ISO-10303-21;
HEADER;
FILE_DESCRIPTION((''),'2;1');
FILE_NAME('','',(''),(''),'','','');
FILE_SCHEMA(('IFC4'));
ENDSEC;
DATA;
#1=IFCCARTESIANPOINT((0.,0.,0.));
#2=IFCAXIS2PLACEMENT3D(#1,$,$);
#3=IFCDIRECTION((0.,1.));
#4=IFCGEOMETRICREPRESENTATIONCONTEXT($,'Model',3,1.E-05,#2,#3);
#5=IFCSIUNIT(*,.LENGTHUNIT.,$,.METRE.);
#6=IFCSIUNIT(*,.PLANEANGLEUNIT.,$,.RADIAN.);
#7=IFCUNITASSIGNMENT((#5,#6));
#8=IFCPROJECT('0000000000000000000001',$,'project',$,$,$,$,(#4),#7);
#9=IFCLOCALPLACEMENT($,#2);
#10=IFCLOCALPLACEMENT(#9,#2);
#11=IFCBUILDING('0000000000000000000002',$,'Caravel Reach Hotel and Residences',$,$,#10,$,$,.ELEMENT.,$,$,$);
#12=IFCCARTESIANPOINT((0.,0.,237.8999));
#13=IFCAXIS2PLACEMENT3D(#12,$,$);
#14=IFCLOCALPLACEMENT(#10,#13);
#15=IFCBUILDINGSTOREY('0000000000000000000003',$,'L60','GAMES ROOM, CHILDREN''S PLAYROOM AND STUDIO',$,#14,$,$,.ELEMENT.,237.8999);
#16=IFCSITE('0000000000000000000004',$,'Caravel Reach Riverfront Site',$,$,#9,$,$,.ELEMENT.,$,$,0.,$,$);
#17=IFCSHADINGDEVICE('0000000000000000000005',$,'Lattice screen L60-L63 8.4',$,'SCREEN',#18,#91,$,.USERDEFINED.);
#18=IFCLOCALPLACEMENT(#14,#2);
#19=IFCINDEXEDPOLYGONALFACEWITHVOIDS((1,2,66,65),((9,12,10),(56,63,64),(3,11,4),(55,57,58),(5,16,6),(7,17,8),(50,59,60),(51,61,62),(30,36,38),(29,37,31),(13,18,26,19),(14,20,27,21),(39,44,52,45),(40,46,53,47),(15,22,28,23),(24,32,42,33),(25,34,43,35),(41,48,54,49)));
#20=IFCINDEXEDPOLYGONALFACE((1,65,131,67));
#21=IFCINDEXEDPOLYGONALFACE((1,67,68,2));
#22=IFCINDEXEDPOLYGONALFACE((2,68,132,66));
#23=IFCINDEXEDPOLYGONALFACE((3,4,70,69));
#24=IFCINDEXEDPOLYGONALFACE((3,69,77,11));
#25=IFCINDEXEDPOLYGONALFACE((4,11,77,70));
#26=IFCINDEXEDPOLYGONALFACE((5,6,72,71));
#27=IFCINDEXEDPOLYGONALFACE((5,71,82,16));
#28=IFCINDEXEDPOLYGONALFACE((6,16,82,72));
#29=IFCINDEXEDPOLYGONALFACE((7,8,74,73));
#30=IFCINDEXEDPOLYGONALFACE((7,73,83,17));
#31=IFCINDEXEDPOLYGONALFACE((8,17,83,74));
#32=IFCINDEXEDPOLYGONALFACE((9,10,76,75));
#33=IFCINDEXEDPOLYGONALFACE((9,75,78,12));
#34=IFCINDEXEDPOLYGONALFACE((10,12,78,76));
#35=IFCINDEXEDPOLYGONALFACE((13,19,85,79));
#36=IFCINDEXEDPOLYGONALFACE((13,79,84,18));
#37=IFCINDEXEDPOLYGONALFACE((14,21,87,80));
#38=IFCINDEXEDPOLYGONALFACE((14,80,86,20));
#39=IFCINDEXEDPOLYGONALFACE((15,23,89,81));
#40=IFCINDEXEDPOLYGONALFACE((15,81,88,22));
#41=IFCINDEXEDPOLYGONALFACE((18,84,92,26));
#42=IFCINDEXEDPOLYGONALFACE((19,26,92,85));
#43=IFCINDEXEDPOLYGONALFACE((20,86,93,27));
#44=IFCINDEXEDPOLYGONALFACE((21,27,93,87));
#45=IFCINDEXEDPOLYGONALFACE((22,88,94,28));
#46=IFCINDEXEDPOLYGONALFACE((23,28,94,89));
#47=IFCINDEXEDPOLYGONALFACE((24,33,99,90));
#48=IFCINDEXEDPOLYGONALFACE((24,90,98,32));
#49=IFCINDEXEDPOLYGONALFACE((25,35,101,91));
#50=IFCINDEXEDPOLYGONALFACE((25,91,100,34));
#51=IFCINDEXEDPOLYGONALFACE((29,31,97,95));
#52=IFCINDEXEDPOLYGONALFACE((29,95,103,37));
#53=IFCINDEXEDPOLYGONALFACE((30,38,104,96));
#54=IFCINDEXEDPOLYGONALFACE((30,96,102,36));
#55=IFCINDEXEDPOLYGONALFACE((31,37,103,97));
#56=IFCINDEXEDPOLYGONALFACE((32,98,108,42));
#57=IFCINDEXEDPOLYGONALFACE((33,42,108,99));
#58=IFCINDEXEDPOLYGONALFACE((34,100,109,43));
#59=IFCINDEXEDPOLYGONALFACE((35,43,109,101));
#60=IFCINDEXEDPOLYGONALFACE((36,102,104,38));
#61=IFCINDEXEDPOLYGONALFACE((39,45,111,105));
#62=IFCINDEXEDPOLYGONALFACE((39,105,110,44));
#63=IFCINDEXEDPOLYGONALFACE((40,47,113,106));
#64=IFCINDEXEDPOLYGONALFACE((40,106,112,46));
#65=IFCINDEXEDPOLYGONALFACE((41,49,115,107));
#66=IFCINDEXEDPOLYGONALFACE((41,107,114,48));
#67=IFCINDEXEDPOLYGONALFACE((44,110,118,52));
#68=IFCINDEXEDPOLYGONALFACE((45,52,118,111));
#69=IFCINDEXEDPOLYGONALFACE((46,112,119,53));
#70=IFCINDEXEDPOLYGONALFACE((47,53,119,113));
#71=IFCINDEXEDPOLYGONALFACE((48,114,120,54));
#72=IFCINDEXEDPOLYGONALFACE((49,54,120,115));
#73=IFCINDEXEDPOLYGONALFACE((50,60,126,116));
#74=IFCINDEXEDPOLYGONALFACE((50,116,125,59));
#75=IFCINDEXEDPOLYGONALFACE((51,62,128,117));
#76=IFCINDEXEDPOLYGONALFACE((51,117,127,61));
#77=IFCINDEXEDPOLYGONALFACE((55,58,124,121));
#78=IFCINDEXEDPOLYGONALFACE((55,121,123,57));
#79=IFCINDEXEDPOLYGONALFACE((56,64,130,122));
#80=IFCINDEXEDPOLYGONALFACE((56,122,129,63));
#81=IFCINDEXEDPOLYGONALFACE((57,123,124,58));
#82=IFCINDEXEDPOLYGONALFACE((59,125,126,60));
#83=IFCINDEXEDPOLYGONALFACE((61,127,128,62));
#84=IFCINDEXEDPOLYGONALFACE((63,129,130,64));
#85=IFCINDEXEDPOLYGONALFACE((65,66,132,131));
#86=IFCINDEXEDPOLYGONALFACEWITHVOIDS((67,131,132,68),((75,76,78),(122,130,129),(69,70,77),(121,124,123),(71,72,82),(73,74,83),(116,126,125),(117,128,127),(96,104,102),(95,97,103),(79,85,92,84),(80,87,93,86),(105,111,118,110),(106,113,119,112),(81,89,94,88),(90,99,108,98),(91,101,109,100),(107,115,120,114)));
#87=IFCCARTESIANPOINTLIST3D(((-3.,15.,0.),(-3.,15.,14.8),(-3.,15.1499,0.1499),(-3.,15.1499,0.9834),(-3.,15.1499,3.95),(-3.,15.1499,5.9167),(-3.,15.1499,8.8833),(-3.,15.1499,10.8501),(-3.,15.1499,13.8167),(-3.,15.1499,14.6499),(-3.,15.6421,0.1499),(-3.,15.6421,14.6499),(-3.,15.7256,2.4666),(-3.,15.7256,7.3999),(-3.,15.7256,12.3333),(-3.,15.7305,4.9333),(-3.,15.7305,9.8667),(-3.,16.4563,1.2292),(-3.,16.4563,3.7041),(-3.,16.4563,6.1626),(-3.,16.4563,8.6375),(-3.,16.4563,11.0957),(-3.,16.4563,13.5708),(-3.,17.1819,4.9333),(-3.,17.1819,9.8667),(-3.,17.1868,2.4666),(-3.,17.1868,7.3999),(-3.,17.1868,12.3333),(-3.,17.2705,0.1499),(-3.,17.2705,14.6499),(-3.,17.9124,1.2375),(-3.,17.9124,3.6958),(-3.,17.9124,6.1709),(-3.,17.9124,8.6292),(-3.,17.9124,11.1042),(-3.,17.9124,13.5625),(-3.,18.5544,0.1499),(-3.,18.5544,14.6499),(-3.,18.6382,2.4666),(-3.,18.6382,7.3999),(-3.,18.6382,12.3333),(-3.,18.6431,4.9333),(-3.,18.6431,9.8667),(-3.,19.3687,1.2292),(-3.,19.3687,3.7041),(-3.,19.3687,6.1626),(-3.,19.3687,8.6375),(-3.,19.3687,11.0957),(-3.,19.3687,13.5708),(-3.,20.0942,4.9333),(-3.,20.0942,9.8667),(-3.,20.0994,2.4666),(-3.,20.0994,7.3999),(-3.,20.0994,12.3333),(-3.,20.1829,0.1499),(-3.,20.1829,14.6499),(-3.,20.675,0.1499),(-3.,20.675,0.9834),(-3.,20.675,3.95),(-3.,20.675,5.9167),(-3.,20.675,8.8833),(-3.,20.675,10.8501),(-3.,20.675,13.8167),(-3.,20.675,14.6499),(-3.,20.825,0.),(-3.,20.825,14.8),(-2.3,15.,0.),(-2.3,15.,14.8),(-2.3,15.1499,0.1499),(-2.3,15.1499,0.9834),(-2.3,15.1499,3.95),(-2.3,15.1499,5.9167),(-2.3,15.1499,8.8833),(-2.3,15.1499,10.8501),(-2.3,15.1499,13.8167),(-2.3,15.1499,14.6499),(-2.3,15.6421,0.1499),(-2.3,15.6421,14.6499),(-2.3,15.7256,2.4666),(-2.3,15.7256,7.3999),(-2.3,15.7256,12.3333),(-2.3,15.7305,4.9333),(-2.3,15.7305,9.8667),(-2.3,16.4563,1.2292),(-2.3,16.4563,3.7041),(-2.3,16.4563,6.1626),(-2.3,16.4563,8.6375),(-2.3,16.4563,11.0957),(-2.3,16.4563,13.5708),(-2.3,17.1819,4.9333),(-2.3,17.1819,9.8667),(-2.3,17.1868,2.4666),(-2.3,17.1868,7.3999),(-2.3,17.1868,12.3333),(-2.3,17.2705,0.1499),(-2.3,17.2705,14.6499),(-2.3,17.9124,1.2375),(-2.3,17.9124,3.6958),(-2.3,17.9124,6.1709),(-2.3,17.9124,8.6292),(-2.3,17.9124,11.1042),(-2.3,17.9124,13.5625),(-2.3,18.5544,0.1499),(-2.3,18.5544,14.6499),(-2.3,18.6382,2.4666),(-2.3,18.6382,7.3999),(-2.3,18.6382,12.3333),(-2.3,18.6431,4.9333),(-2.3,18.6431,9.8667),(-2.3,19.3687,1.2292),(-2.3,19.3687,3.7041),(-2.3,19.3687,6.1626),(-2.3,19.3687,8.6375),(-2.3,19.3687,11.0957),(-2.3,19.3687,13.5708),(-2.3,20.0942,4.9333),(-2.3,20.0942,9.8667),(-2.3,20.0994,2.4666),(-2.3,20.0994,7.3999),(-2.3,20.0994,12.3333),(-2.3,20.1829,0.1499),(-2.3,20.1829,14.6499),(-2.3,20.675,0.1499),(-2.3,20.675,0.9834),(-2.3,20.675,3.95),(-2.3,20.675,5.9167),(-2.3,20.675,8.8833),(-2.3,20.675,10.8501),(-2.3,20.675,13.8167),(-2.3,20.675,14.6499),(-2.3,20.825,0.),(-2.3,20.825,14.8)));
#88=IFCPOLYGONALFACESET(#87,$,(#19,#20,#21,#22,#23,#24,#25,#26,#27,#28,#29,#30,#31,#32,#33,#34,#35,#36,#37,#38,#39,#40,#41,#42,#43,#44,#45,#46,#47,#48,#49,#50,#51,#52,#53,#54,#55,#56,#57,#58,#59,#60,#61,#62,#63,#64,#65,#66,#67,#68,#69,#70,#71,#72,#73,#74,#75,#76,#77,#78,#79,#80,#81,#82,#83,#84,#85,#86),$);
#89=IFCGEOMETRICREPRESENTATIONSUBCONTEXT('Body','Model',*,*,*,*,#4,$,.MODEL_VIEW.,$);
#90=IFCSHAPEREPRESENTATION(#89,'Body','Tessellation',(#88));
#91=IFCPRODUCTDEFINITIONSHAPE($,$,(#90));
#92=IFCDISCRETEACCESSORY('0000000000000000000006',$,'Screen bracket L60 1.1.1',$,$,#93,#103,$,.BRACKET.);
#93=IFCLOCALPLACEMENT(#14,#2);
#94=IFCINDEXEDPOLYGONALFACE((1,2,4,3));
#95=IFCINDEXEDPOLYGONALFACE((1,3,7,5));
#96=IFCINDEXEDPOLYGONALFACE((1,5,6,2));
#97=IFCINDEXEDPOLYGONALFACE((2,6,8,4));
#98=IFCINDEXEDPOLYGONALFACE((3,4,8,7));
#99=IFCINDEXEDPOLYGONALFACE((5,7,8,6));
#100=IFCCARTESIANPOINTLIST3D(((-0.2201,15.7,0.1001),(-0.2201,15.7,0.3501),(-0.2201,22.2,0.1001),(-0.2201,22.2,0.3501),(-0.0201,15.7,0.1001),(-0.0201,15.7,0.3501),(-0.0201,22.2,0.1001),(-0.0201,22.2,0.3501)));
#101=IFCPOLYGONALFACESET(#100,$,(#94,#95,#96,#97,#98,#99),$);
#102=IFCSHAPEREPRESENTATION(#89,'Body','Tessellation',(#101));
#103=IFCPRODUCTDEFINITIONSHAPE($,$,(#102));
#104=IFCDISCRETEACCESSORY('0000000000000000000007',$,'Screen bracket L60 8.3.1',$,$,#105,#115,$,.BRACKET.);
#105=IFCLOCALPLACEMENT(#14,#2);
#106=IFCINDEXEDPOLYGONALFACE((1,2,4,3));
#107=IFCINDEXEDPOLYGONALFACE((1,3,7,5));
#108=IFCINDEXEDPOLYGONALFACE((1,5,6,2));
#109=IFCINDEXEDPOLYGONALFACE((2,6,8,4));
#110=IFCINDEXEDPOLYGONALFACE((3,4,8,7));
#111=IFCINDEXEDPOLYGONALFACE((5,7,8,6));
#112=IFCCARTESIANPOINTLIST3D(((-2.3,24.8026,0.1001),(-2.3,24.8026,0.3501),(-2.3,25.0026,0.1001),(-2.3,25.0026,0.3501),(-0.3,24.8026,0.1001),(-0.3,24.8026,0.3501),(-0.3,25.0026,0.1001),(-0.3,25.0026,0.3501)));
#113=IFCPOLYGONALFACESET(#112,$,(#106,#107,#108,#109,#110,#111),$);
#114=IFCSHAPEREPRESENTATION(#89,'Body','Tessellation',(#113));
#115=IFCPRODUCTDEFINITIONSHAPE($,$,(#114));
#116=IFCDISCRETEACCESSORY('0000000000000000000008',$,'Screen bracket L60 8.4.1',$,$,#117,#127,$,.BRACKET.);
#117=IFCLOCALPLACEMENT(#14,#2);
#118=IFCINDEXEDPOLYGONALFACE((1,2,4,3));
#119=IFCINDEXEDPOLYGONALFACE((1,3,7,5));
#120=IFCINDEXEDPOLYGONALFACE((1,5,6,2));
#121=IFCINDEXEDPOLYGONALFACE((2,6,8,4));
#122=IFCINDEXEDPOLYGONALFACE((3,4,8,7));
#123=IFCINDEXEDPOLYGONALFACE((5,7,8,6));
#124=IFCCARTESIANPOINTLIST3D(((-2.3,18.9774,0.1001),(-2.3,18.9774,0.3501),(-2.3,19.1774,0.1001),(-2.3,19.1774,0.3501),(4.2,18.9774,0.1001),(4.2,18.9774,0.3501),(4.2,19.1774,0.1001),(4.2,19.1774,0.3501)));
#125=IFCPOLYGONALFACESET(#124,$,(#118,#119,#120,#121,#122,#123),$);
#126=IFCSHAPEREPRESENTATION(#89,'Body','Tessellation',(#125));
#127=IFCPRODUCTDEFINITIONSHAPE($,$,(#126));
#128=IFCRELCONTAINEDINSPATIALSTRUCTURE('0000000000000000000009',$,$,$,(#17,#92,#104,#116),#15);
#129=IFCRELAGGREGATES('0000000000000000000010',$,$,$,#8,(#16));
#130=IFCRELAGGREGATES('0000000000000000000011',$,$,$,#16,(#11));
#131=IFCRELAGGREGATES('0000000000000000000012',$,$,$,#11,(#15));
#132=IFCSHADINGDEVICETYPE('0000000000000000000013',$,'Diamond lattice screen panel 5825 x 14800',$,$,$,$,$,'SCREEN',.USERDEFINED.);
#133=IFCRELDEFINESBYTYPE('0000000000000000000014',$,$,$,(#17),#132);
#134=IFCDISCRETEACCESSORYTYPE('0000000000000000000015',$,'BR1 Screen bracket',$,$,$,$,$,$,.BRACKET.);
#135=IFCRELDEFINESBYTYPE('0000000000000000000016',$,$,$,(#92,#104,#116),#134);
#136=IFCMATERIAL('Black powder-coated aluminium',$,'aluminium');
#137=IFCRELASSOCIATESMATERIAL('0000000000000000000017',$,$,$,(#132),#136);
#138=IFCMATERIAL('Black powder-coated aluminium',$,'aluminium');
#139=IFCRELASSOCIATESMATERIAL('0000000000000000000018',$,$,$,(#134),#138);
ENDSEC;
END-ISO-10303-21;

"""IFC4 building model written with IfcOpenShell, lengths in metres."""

from ifc_helpers import new_model, si_unit, direction, frame, origin, origin_2d, place, context, subcontext, project, spatial, polyline, rectangle, outline, extrude, material, type_object, element, save


model = new_model("IFC4")

# Units and contexts
model_context = context("Model", 3, precision=1e-05, world=origin(), true_north=direction((0.0, 1.0)))
body_context = subcontext(model_context, "Body", "Model", "MODEL_VIEW")
ifc_project = project(units=[si_unit("LENGTHUNIT", "METRE"), si_unit("PLANEANGLEUNIT", "RADIAN")], contexts=[model_context])

# Site, building, storey
site_placement = place(None, origin())
site = spatial("IfcSite", under=ifc_project, at=site_placement, Name="Caravel Reach Riverfront Site", CompositionType="ELEMENT", RefElevation=0.0)
building_placement = place(site_placement, origin())
building = spatial("IfcBuilding", under=site, at=building_placement, Name="Caravel Reach Hotel and Residences", CompositionType="ELEMENT")
storey_placement = place(building_placement, frame((0.0, 0.0, 237.8999)))
storey = spatial("IfcBuildingStorey", under=building, at=storey_placement, Name="L60", Description="GAMES ROOM, CHILDREN'S PLAYROOM AND STUDIO", CompositionType="ELEMENT", Elevation=237.8999)

# Shading device
ifc_material_1 = material(Name="Black powder-coated aluminium", Category="aluminium")
shading_device_type = type_object("IfcShadingDeviceType", Name="Diamond lattice screen panel 5825 x 14800", ElementType="SCREEN", PredefinedType="USERDEFINED", material=ifc_material_1)
shading_device_1_placement = place(storey_placement, frame((-2.3, 20.825, 0.0), z_axis=(-1.0, 0.0, 0.0), x_axis=(0.0, -1.0, 0.0)))
element("IfcShadingDevice", 1, at=shading_device_1_placement, inside=storey, type_object=shading_device_type, Name="Lattice screen L60-L63 8.4", ObjectType="SCREEN", PredefinedType="USERDEFINED", context=body_context, shape_type="SweptSolid", body=[
    extrude(outline(polyline([(0.0, 0.0), (5.825, 0.0), (5.825, 14.8), (0.0, 14.8), (0.0, 0.0)]), holes=[polyline([(0.6421, 0.1499), (0.1499, 0.9834), (0.1499, 0.1499), (0.6421, 0.1499)]), polyline([(0.7307, 4.9333), (0.1499, 5.9167), (0.1499, 3.95), (0.7307, 4.9333)]), polyline([(0.7307, 9.8667), (0.1499, 10.8501), (0.1499, 8.8833), (0.7307, 9.8667)]), polyline([(0.1499, 13.8167), (0.6421, 14.6499), (0.1499, 14.6499), (0.1499, 13.8167)]), polyline([(1.4563, 3.7041), (0.7256, 2.4666), (1.4563, 1.2292), (2.1868, 2.4666), (1.4563, 3.7041)]), polyline([(1.4563, 8.6375), (0.7256, 7.3999), (1.4563, 6.1626), (2.1868, 7.3999), (1.4563, 8.6375)]), polyline([(1.4563, 13.5708), (0.7256, 12.3333), (1.4563, 11.0957), (2.1868, 12.3333), (1.4563, 13.5708)]), polyline([(2.9126, 1.2375), (2.2705, 0.1499), (3.5544, 0.1499), (2.9126, 1.2375)]), polyline([(2.9126, 6.1709), (2.1819, 4.9333), (2.9126, 3.6958), (3.6431, 4.9333), (2.9126, 6.1709)]), polyline([(2.9126, 11.1042), (2.1819, 9.8667), (2.9126, 8.6292), (3.6431, 9.8667), (2.9126, 11.1042)]), polyline([(2.9126, 13.5625), (3.5544, 14.6499), (2.2705, 14.6499), (2.9126, 13.5625)]), polyline([(4.3687, 3.7041), (3.6382, 2.4666), (4.3687, 1.2292), (5.0994, 2.4666), (4.3687, 3.7041)]), polyline([(4.3687, 8.6375), (3.6382, 7.3999), (4.3687, 6.1626), (5.0994, 7.3999), (4.3687, 8.6375)]), polyline([(4.3687, 13.5708), (3.6382, 12.3333), (4.3687, 11.0957), (5.0994, 12.3333), (4.3687, 13.5708)]), polyline([(5.675, 0.9834), (5.1829, 0.1499), (5.675, 0.1499), (5.675, 0.9834)]), polyline([(5.0945, 4.9333), (5.675, 3.95), (5.675, 5.9167), (5.0945, 4.9333)]), polyline([(5.0945, 9.8667), (5.675, 8.8833), (5.675, 10.8501), (5.0945, 9.8667)]), polyline([(5.1829, 14.6499), (5.675, 13.8167), (5.675, 14.6499), (5.1829, 14.6499)])]), origin(), (0.0, 0.0, 1.0), 0.7),
])

# Discrete accessories
ifc_material_2 = material(Name="Black powder-coated aluminium", Category="aluminium")
discrete_accessory_type = type_object("IfcDiscreteAccessoryType", Name="BR1 Screen bracket", PredefinedType="BRACKET", material=ifc_material_2)
discrete_accessory_1_placement = place(storey_placement, frame((-0.1201, 18.95, 0.1001), z_axis=(0.0, 0.0, 1.0), x_axis=(0.0, -1.0, 0.0)))
element("IfcDiscreteAccessory", 2, at=discrete_accessory_1_placement, inside=storey, type_object=discrete_accessory_type, Name="Screen bracket L60 1.1.1", PredefinedType="BRACKET", context=body_context, shape_type="SweptSolid", body=[
    extrude(rectangle(XDim=6.5, YDim=0.2, at=origin_2d()), origin(), (0.0, 0.0, 1.0), 0.25),
])
discrete_accessory_2_placement = place(storey_placement, frame((-1.3, 24.9026, 0.1001), z_axis=(0.0, 0.0, 1.0), x_axis=(-1.0, 0.0, 0.0)))
element("IfcDiscreteAccessory", 3, at=discrete_accessory_2_placement, inside=storey, type_object=discrete_accessory_type, Name="Screen bracket L60 8.3.1", PredefinedType="BRACKET", context=body_context, shape_type="SweptSolid", body=[
    extrude(rectangle(XDim=2.0, YDim=0.2, at=origin_2d()), origin(), (0.0, 0.0, 1.0), 0.25),
])
discrete_accessory_3_placement = place(storey_placement, frame((0.95, 19.0774, 0.1001), z_axis=(0.0, 0.0, 1.0), x_axis=(-1.0, 0.0, 0.0)))
element("IfcDiscreteAccessory", 4, at=discrete_accessory_3_placement, inside=storey, type_object=discrete_accessory_type, Name="Screen bracket L60 8.4.1", PredefinedType="BRACKET", context=body_context, shape_type="SweptSolid", body=[
    extrude(rectangle(XDim=6.5, YDim=0.2, at=origin_2d()), origin(), (0.0, 0.0, 1.0), 0.25),
])

save(model, "model.ifc")
